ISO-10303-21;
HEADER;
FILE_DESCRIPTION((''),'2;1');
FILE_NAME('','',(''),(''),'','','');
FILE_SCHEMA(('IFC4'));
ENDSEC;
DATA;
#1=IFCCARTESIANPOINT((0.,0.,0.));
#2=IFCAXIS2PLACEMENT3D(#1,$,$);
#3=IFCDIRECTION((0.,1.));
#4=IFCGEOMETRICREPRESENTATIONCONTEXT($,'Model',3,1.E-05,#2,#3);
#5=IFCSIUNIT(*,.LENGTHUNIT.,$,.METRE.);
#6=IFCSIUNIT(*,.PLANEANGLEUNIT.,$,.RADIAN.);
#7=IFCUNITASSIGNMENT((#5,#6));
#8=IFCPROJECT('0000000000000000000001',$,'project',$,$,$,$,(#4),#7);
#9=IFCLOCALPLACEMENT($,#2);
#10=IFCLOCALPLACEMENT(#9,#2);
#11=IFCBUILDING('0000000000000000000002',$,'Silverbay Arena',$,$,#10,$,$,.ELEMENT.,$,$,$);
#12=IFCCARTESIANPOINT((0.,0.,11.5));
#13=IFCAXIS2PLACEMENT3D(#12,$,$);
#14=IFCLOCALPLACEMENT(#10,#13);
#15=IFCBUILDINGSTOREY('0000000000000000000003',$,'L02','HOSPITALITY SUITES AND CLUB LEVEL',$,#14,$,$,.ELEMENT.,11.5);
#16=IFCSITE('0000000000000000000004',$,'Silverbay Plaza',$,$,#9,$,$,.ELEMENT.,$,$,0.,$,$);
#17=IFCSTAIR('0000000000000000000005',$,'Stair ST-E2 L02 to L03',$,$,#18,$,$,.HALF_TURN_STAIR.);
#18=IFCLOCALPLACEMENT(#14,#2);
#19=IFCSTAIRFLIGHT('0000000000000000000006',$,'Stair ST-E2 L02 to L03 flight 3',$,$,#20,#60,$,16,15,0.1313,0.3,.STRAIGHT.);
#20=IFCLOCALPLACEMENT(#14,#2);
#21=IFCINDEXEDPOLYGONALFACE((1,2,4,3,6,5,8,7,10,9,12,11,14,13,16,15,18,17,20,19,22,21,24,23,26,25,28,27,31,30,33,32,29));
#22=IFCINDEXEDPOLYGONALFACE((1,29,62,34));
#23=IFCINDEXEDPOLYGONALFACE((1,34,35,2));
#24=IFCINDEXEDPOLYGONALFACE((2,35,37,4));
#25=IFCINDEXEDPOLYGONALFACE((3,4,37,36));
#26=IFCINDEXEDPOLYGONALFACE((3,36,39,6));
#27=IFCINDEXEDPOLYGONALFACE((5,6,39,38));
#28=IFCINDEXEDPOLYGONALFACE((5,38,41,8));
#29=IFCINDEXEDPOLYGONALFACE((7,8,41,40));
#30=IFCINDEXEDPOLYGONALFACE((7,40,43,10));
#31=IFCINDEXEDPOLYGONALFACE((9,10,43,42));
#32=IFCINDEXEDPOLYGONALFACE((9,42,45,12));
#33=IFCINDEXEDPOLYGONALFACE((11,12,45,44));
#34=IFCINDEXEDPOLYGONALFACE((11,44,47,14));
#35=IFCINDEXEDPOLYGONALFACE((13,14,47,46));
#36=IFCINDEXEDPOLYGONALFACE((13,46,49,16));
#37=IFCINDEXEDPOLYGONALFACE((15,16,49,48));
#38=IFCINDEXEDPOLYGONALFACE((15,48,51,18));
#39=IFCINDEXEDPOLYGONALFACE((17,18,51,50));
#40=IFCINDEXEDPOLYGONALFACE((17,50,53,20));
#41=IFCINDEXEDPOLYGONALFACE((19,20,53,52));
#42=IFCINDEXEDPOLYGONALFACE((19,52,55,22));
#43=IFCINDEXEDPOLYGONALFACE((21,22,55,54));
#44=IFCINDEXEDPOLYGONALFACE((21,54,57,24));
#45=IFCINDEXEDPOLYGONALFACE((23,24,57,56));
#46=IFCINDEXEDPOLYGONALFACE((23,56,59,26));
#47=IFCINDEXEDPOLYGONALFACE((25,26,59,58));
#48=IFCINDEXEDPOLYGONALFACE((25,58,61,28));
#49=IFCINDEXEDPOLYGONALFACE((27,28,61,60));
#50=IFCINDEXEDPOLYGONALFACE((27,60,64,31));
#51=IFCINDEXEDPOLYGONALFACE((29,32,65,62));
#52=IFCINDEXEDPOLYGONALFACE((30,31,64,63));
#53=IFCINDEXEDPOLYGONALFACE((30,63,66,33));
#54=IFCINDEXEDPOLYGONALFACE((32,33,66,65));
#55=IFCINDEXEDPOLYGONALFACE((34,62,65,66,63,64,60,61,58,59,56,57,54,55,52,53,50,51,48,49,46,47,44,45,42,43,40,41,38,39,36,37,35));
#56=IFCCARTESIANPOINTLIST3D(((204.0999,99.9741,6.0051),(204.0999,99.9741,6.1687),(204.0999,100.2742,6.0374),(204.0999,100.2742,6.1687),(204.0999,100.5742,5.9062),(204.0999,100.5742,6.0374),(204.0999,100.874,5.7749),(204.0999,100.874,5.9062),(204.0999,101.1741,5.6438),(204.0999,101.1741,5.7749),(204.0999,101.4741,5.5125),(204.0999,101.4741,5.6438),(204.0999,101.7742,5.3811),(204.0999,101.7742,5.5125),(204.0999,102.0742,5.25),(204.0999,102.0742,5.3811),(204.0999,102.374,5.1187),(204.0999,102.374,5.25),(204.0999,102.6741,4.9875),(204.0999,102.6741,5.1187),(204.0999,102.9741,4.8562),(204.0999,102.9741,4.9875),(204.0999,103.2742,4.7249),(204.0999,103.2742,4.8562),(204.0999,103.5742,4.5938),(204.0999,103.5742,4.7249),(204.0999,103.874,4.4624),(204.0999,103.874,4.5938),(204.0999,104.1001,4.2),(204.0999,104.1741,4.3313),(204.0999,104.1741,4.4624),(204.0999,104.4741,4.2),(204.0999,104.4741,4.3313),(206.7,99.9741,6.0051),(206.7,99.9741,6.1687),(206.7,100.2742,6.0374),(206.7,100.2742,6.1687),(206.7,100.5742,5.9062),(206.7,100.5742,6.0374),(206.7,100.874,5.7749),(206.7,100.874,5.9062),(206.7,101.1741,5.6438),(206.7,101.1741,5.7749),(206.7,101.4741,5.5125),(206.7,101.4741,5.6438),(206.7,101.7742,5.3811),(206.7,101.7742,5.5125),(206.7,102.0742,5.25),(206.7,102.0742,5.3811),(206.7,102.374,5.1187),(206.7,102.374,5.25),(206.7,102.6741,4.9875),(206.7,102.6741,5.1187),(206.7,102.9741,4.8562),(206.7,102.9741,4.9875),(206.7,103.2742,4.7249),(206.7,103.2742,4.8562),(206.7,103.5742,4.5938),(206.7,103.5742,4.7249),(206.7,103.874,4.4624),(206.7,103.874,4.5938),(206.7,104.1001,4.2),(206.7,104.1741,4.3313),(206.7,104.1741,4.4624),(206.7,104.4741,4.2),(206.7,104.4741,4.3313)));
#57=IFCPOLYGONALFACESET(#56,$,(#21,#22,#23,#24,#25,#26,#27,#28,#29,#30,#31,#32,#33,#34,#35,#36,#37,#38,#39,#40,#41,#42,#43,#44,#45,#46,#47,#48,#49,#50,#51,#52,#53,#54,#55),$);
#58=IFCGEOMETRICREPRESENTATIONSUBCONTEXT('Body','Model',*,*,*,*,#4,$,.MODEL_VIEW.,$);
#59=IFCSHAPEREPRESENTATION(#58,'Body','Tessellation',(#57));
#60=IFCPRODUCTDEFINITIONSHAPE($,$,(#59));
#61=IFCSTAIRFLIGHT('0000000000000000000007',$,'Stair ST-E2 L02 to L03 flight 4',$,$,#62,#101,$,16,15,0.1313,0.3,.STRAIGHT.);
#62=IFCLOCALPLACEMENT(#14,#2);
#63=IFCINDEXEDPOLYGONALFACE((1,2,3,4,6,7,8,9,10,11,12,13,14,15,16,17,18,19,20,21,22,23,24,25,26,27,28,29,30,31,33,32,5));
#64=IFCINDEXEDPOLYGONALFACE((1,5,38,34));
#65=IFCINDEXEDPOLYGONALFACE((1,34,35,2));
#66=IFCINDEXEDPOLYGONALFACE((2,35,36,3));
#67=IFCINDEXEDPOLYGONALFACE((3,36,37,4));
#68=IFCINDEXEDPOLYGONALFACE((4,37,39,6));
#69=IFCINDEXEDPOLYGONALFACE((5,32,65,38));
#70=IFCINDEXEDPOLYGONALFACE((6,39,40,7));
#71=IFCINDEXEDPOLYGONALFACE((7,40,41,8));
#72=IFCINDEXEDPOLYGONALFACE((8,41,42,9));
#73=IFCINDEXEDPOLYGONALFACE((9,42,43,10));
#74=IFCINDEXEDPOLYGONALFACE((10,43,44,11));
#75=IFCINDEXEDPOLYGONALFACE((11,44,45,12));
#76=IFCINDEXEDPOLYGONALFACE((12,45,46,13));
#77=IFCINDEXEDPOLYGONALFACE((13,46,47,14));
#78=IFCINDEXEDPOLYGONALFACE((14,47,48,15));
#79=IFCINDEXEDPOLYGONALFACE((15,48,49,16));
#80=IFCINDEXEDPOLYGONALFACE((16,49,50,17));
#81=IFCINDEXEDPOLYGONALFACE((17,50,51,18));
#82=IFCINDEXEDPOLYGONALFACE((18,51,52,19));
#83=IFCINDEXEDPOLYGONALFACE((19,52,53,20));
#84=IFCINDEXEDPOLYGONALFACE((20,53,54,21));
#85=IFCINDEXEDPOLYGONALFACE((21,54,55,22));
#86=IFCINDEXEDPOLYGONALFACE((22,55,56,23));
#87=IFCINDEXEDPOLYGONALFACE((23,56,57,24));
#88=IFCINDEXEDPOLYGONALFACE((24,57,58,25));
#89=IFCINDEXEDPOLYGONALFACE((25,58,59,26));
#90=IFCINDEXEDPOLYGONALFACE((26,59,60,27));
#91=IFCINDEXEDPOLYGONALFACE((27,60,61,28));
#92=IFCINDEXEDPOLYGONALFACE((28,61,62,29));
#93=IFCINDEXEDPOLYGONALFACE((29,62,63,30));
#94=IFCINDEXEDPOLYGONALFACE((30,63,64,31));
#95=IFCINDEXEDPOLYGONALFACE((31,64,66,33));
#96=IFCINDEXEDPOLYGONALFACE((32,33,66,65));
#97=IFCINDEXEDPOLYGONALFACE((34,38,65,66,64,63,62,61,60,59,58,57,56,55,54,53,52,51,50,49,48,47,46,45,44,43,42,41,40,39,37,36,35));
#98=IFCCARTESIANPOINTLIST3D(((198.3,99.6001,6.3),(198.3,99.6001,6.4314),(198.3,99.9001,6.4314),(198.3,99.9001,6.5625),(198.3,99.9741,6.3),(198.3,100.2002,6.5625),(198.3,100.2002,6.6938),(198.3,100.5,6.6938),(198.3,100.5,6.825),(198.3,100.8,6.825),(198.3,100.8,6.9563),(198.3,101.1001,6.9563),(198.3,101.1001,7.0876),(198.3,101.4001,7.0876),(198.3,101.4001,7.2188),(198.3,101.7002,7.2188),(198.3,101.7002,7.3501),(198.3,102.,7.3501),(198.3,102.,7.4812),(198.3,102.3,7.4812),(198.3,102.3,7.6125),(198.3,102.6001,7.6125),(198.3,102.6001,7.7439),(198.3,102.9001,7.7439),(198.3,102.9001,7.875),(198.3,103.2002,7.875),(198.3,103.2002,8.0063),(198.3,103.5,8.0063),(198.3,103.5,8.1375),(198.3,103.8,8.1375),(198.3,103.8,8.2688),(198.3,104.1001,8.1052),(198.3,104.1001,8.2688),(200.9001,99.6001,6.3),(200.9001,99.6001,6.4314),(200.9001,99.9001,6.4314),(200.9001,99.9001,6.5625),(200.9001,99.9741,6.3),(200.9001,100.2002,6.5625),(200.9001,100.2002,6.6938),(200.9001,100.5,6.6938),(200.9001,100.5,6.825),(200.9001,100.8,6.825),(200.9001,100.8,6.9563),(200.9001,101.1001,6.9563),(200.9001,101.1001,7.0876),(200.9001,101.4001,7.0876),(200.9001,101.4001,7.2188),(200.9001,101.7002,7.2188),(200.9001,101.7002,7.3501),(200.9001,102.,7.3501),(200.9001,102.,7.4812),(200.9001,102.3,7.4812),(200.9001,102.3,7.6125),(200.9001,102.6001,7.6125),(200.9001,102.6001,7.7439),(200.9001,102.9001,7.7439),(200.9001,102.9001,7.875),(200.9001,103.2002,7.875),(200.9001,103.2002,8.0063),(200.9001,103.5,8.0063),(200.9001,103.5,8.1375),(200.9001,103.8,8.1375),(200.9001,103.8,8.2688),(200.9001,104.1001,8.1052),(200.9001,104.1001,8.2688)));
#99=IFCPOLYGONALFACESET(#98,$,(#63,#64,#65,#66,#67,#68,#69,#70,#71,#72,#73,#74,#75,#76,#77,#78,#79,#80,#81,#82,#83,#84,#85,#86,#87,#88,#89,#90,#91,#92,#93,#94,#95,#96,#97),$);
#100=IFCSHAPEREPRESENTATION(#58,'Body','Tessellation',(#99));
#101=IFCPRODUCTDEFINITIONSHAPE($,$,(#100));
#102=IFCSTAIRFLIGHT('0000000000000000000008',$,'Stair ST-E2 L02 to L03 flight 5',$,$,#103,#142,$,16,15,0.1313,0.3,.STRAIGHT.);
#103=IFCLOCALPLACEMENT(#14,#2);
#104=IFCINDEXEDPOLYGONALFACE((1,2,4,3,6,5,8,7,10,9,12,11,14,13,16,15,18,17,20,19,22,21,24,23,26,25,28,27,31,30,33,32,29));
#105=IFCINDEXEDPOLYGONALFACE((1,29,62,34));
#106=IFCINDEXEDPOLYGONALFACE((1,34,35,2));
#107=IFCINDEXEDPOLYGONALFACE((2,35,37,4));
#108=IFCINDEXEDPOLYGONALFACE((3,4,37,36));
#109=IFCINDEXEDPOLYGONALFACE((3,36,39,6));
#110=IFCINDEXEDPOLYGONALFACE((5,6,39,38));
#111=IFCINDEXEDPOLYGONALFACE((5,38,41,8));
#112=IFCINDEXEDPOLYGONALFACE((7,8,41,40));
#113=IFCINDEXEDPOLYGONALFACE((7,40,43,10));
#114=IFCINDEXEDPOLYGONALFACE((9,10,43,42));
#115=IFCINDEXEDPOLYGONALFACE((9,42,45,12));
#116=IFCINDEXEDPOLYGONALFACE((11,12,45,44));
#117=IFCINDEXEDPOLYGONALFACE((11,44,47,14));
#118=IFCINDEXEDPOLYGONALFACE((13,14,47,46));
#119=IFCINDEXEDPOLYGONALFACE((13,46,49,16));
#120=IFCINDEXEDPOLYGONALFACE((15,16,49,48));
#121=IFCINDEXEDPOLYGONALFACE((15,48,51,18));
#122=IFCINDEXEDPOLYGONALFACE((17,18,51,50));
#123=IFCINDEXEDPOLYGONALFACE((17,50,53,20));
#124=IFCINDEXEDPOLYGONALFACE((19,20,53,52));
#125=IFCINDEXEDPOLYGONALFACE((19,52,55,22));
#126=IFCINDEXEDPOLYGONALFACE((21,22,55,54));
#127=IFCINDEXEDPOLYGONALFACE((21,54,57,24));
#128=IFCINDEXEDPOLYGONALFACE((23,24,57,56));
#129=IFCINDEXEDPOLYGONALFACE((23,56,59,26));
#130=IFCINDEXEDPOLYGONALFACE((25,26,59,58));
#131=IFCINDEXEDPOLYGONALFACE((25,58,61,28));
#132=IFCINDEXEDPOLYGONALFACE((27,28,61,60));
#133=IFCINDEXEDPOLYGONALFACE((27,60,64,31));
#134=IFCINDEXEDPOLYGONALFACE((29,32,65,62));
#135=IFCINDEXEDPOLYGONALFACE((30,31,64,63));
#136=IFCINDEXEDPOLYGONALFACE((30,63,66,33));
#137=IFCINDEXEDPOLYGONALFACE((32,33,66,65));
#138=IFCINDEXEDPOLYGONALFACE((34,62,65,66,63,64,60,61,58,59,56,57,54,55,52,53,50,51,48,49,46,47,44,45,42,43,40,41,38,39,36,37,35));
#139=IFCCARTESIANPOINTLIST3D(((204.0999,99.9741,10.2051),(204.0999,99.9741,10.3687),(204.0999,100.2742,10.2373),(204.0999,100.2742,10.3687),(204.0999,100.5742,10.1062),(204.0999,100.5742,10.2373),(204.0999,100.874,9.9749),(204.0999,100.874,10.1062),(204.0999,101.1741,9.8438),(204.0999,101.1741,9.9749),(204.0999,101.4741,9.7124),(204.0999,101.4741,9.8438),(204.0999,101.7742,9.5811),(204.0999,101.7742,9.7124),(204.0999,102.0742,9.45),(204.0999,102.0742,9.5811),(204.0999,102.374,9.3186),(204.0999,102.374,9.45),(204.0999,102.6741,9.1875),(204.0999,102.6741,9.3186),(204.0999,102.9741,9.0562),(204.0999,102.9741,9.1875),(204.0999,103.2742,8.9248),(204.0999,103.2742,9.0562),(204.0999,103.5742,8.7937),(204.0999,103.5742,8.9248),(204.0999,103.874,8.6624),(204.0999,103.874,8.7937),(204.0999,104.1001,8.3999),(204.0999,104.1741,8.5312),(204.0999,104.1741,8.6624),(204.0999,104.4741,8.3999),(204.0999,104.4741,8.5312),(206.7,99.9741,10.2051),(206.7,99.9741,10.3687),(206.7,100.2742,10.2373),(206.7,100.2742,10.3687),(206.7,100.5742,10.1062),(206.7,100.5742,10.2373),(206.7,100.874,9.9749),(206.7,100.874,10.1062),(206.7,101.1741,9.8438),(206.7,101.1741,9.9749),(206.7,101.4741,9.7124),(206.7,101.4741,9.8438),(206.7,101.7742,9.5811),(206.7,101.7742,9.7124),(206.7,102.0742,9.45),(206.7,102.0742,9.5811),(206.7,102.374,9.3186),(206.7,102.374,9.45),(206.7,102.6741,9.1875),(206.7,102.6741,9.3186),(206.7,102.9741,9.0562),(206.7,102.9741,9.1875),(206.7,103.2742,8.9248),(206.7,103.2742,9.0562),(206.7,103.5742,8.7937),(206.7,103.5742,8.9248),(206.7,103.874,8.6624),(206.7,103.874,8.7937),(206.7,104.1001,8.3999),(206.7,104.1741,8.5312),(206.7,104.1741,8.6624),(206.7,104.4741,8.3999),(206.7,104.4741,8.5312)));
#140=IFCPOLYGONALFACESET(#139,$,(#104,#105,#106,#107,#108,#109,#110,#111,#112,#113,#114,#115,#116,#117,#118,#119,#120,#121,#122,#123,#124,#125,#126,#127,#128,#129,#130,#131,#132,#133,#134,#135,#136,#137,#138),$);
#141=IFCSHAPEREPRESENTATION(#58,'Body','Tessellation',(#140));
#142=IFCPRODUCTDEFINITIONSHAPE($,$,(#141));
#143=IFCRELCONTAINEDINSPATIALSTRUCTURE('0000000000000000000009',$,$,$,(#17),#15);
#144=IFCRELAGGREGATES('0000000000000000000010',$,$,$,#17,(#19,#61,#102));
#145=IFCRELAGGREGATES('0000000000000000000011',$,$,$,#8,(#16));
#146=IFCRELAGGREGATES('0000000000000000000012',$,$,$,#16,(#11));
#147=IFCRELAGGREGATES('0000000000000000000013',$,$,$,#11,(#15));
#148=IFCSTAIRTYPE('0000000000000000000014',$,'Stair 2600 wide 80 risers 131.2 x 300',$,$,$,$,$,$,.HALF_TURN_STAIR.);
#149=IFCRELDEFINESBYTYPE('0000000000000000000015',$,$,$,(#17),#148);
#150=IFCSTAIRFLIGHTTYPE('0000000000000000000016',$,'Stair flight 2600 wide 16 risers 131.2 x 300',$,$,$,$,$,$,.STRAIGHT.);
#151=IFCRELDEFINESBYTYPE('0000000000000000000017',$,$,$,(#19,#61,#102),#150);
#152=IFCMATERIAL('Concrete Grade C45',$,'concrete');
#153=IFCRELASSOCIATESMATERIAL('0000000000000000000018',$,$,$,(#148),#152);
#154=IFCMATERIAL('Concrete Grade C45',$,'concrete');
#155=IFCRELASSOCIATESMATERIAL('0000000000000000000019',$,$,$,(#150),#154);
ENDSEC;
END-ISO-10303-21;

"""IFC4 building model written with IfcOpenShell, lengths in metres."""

from ifc_helpers import new_model, si_unit, direction, frame, origin, place, context, subcontext, project, spatial, polyline, outline, extrude, material, type_object, element, aggregate, save


model = new_model("IFC4")

# Units and contexts
model_context = context("Model", 3, precision=1e-05, world=origin(), true_north=direction((0.0, 1.0)))
body_context = subcontext(model_context, "Body", "Model", "MODEL_VIEW")
ifc_project = project(units=[si_unit("LENGTHUNIT", "METRE"), si_unit("PLANEANGLEUNIT", "RADIAN")], contexts=[model_context])

# Site, building, storey
site_placement = place(None, origin())
site = spatial("IfcSite", under=ifc_project, at=site_placement, Name="Silverbay Plaza", CompositionType="ELEMENT", RefElevation=0.0)
building_placement = place(site_placement, origin())
building = spatial("IfcBuilding", under=site, at=building_placement, Name="Silverbay Arena", CompositionType="ELEMENT")
storey_placement = place(building_placement, frame((0.0, 0.0, 11.5)))
storey = spatial("IfcBuildingStorey", under=building, at=storey_placement, Name="L02", Description="HOSPITALITY SUITES AND CLUB LEVEL", CompositionType="ELEMENT", Elevation=11.5)

# Stair, stair flights
ifc_material_1 = material(Name="Concrete Grade C45", Category="concrete")
stair_type = type_object("IfcStairType", Name="Stair 2600 wide 80 risers 131.2 x 300", PredefinedType="HALF_TURN_STAIR", material=ifc_material_1)
stair_placement = place(storey_placement, origin())
stair = element("IfcStair", 1, at=stair_placement, inside=storey, type_object=stair_type, Name="Stair ST-E2 L02 to L03", PredefinedType="HALF_TURN_STAIR")
ifc_material_2 = material(Name="Concrete Grade C45", Category="concrete")
stair_flight_type = type_object("IfcStairFlightType", Name="Stair flight 2600 wide 16 risers 131.2 x 300", PredefinedType="STRAIGHT", material=ifc_material_2)
stair_flight_1_placement = place(storey_placement, frame((205.3999, 104.4741, 4.2), z_axis=(0.0, 0.0, 1.0), x_axis=(0.0, -1.0, 0.0)))
stair_flight_1 = element("IfcStairFlight", 2, at=stair_flight_1_placement, type_object=stair_flight_type, Name="Stair ST-E2 L02 to L03 flight 3", NumberOfRisers=16, NumberOfTreads=15, PredefinedType="STRAIGHT", RiserHeight=0.1313, TreadLength=0.3, context=body_context, shape_type="SweptSolid", body=[
    extrude(outline(polyline([(0.0, 0.0), (0.0, 0.1313), (0.3, 0.1313), (0.3, 0.2625), (0.6001, 0.2625), (0.6001, 0.3938), (0.8999, 0.3938), (0.8999, 0.5249), (1.2, 0.5249), (1.2, 0.6562), (1.5, 0.6562), (1.5, 0.7876), (1.8, 0.7876), (1.8, 0.9187), (2.1001, 0.9187), (2.1001, 1.05), (2.3999, 1.05), (2.3999, 1.1812), (2.7, 1.1812), (2.7, 1.3125), (3.0, 1.3125), (3.0, 1.4438), (3.3, 1.4438), (3.3, 1.575), (3.6001, 1.575), (3.6001, 1.7063), (3.8999, 1.7063), (3.8999, 1.8374), (4.2, 1.8374), (4.2, 1.9688), (4.5, 1.9688), (4.5, 1.8052), (0.374, 0.0), (0.0, 0.0)])), frame((0.0, 1.3, 0.0), z_axis=(0.0, -1.0, 0.0), x_axis=(1.0, 0.0, 0.0)), (0.0, 0.0, 1.0), 2.6001),
])
stair_flight_2_placement = place(storey_placement, frame((199.6001, 99.6001, 6.3), z_axis=(0.0, 0.0, 1.0), x_axis=(0.0, 1.0, 0.0)))
stair_flight_2 = element("IfcStairFlight", 3, at=stair_flight_2_placement, type_object=stair_flight_type, Name="Stair ST-E2 L02 to L03 flight 4", NumberOfRisers=16, NumberOfTreads=15, PredefinedType="STRAIGHT", RiserHeight=0.1313, TreadLength=0.3, context=body_context, shape_type="SweptSolid", body=[
    extrude(outline(polyline([(0.0, 0.0), (0.0, 0.1313), (0.3, 0.1313), (0.3, 0.2625), (0.6001, 0.2625), (0.6001, 0.3938), (0.8999, 0.3938), (0.8999, 0.5249), (1.2, 0.5249), (1.2, 0.6562), (1.5, 0.6562), (1.5, 0.7876), (1.8, 0.7876), (1.8, 0.9187), (2.1001, 0.9187), (2.1001, 1.05), (2.3999, 1.05), (2.3999, 1.1812), (2.7, 1.1812), (2.7, 1.3125), (3.0, 1.3125), (3.0, 1.4438), (3.3, 1.4438), (3.3, 1.575), (3.6001, 1.575), (3.6001, 1.7063), (3.8999, 1.7063), (3.8999, 1.8374), (4.2, 1.8374), (4.2, 1.9688), (4.5, 1.9688), (4.5, 1.8052), (0.374, 0.0), (0.0, 0.0)])), frame((0.0, 1.3, 0.0), z_axis=(0.0, -1.0, 0.0), x_axis=(1.0, 0.0, 0.0)), (0.0, 0.0, 1.0), 2.6001),
])
stair_flight_3_placement = place(storey_placement, frame((205.3999, 104.4741, 8.3999), z_axis=(0.0, 0.0, 1.0), x_axis=(0.0, -1.0, 0.0)))
stair_flight_3 = element("IfcStairFlight", 4, at=stair_flight_3_placement, type_object=stair_flight_type, Name="Stair ST-E2 L02 to L03 flight 5", NumberOfRisers=16, NumberOfTreads=15, PredefinedType="STRAIGHT", RiserHeight=0.1313, TreadLength=0.3, context=body_context, shape_type="SweptSolid", body=[
    extrude(outline(polyline([(0.0, 0.0), (0.0, 0.1313), (0.3, 0.1313), (0.3, 0.2625), (0.6001, 0.2625), (0.6001, 0.3938), (0.8999, 0.3938), (0.8999, 0.5249), (1.2, 0.5249), (1.2, 0.6562), (1.5, 0.6562), (1.5, 0.7876), (1.8, 0.7876), (1.8, 0.9187), (2.1001, 0.9187), (2.1001, 1.05), (2.3999, 1.05), (2.3999, 1.1812), (2.7, 1.1812), (2.7, 1.3125), (3.0, 1.3125), (3.0, 1.4438), (3.3, 1.4438), (3.3, 1.575), (3.6001, 1.575), (3.6001, 1.7063), (3.8999, 1.7063), (3.8999, 1.8374), (4.2, 1.8374), (4.2, 1.9688), (4.5, 1.9688), (4.5, 1.8052), (0.374, 0.0), (0.0, 0.0)])), frame((0.0, 1.3, 0.0), z_axis=(0.0, -1.0, 0.0), x_axis=(1.0, 0.0, 0.0)), (0.0, 0.0, 1.0), 2.6001),
])
aggregate(stair, [stair_flight_1, stair_flight_2, stair_flight_3])

save(model, "model.ifc")
